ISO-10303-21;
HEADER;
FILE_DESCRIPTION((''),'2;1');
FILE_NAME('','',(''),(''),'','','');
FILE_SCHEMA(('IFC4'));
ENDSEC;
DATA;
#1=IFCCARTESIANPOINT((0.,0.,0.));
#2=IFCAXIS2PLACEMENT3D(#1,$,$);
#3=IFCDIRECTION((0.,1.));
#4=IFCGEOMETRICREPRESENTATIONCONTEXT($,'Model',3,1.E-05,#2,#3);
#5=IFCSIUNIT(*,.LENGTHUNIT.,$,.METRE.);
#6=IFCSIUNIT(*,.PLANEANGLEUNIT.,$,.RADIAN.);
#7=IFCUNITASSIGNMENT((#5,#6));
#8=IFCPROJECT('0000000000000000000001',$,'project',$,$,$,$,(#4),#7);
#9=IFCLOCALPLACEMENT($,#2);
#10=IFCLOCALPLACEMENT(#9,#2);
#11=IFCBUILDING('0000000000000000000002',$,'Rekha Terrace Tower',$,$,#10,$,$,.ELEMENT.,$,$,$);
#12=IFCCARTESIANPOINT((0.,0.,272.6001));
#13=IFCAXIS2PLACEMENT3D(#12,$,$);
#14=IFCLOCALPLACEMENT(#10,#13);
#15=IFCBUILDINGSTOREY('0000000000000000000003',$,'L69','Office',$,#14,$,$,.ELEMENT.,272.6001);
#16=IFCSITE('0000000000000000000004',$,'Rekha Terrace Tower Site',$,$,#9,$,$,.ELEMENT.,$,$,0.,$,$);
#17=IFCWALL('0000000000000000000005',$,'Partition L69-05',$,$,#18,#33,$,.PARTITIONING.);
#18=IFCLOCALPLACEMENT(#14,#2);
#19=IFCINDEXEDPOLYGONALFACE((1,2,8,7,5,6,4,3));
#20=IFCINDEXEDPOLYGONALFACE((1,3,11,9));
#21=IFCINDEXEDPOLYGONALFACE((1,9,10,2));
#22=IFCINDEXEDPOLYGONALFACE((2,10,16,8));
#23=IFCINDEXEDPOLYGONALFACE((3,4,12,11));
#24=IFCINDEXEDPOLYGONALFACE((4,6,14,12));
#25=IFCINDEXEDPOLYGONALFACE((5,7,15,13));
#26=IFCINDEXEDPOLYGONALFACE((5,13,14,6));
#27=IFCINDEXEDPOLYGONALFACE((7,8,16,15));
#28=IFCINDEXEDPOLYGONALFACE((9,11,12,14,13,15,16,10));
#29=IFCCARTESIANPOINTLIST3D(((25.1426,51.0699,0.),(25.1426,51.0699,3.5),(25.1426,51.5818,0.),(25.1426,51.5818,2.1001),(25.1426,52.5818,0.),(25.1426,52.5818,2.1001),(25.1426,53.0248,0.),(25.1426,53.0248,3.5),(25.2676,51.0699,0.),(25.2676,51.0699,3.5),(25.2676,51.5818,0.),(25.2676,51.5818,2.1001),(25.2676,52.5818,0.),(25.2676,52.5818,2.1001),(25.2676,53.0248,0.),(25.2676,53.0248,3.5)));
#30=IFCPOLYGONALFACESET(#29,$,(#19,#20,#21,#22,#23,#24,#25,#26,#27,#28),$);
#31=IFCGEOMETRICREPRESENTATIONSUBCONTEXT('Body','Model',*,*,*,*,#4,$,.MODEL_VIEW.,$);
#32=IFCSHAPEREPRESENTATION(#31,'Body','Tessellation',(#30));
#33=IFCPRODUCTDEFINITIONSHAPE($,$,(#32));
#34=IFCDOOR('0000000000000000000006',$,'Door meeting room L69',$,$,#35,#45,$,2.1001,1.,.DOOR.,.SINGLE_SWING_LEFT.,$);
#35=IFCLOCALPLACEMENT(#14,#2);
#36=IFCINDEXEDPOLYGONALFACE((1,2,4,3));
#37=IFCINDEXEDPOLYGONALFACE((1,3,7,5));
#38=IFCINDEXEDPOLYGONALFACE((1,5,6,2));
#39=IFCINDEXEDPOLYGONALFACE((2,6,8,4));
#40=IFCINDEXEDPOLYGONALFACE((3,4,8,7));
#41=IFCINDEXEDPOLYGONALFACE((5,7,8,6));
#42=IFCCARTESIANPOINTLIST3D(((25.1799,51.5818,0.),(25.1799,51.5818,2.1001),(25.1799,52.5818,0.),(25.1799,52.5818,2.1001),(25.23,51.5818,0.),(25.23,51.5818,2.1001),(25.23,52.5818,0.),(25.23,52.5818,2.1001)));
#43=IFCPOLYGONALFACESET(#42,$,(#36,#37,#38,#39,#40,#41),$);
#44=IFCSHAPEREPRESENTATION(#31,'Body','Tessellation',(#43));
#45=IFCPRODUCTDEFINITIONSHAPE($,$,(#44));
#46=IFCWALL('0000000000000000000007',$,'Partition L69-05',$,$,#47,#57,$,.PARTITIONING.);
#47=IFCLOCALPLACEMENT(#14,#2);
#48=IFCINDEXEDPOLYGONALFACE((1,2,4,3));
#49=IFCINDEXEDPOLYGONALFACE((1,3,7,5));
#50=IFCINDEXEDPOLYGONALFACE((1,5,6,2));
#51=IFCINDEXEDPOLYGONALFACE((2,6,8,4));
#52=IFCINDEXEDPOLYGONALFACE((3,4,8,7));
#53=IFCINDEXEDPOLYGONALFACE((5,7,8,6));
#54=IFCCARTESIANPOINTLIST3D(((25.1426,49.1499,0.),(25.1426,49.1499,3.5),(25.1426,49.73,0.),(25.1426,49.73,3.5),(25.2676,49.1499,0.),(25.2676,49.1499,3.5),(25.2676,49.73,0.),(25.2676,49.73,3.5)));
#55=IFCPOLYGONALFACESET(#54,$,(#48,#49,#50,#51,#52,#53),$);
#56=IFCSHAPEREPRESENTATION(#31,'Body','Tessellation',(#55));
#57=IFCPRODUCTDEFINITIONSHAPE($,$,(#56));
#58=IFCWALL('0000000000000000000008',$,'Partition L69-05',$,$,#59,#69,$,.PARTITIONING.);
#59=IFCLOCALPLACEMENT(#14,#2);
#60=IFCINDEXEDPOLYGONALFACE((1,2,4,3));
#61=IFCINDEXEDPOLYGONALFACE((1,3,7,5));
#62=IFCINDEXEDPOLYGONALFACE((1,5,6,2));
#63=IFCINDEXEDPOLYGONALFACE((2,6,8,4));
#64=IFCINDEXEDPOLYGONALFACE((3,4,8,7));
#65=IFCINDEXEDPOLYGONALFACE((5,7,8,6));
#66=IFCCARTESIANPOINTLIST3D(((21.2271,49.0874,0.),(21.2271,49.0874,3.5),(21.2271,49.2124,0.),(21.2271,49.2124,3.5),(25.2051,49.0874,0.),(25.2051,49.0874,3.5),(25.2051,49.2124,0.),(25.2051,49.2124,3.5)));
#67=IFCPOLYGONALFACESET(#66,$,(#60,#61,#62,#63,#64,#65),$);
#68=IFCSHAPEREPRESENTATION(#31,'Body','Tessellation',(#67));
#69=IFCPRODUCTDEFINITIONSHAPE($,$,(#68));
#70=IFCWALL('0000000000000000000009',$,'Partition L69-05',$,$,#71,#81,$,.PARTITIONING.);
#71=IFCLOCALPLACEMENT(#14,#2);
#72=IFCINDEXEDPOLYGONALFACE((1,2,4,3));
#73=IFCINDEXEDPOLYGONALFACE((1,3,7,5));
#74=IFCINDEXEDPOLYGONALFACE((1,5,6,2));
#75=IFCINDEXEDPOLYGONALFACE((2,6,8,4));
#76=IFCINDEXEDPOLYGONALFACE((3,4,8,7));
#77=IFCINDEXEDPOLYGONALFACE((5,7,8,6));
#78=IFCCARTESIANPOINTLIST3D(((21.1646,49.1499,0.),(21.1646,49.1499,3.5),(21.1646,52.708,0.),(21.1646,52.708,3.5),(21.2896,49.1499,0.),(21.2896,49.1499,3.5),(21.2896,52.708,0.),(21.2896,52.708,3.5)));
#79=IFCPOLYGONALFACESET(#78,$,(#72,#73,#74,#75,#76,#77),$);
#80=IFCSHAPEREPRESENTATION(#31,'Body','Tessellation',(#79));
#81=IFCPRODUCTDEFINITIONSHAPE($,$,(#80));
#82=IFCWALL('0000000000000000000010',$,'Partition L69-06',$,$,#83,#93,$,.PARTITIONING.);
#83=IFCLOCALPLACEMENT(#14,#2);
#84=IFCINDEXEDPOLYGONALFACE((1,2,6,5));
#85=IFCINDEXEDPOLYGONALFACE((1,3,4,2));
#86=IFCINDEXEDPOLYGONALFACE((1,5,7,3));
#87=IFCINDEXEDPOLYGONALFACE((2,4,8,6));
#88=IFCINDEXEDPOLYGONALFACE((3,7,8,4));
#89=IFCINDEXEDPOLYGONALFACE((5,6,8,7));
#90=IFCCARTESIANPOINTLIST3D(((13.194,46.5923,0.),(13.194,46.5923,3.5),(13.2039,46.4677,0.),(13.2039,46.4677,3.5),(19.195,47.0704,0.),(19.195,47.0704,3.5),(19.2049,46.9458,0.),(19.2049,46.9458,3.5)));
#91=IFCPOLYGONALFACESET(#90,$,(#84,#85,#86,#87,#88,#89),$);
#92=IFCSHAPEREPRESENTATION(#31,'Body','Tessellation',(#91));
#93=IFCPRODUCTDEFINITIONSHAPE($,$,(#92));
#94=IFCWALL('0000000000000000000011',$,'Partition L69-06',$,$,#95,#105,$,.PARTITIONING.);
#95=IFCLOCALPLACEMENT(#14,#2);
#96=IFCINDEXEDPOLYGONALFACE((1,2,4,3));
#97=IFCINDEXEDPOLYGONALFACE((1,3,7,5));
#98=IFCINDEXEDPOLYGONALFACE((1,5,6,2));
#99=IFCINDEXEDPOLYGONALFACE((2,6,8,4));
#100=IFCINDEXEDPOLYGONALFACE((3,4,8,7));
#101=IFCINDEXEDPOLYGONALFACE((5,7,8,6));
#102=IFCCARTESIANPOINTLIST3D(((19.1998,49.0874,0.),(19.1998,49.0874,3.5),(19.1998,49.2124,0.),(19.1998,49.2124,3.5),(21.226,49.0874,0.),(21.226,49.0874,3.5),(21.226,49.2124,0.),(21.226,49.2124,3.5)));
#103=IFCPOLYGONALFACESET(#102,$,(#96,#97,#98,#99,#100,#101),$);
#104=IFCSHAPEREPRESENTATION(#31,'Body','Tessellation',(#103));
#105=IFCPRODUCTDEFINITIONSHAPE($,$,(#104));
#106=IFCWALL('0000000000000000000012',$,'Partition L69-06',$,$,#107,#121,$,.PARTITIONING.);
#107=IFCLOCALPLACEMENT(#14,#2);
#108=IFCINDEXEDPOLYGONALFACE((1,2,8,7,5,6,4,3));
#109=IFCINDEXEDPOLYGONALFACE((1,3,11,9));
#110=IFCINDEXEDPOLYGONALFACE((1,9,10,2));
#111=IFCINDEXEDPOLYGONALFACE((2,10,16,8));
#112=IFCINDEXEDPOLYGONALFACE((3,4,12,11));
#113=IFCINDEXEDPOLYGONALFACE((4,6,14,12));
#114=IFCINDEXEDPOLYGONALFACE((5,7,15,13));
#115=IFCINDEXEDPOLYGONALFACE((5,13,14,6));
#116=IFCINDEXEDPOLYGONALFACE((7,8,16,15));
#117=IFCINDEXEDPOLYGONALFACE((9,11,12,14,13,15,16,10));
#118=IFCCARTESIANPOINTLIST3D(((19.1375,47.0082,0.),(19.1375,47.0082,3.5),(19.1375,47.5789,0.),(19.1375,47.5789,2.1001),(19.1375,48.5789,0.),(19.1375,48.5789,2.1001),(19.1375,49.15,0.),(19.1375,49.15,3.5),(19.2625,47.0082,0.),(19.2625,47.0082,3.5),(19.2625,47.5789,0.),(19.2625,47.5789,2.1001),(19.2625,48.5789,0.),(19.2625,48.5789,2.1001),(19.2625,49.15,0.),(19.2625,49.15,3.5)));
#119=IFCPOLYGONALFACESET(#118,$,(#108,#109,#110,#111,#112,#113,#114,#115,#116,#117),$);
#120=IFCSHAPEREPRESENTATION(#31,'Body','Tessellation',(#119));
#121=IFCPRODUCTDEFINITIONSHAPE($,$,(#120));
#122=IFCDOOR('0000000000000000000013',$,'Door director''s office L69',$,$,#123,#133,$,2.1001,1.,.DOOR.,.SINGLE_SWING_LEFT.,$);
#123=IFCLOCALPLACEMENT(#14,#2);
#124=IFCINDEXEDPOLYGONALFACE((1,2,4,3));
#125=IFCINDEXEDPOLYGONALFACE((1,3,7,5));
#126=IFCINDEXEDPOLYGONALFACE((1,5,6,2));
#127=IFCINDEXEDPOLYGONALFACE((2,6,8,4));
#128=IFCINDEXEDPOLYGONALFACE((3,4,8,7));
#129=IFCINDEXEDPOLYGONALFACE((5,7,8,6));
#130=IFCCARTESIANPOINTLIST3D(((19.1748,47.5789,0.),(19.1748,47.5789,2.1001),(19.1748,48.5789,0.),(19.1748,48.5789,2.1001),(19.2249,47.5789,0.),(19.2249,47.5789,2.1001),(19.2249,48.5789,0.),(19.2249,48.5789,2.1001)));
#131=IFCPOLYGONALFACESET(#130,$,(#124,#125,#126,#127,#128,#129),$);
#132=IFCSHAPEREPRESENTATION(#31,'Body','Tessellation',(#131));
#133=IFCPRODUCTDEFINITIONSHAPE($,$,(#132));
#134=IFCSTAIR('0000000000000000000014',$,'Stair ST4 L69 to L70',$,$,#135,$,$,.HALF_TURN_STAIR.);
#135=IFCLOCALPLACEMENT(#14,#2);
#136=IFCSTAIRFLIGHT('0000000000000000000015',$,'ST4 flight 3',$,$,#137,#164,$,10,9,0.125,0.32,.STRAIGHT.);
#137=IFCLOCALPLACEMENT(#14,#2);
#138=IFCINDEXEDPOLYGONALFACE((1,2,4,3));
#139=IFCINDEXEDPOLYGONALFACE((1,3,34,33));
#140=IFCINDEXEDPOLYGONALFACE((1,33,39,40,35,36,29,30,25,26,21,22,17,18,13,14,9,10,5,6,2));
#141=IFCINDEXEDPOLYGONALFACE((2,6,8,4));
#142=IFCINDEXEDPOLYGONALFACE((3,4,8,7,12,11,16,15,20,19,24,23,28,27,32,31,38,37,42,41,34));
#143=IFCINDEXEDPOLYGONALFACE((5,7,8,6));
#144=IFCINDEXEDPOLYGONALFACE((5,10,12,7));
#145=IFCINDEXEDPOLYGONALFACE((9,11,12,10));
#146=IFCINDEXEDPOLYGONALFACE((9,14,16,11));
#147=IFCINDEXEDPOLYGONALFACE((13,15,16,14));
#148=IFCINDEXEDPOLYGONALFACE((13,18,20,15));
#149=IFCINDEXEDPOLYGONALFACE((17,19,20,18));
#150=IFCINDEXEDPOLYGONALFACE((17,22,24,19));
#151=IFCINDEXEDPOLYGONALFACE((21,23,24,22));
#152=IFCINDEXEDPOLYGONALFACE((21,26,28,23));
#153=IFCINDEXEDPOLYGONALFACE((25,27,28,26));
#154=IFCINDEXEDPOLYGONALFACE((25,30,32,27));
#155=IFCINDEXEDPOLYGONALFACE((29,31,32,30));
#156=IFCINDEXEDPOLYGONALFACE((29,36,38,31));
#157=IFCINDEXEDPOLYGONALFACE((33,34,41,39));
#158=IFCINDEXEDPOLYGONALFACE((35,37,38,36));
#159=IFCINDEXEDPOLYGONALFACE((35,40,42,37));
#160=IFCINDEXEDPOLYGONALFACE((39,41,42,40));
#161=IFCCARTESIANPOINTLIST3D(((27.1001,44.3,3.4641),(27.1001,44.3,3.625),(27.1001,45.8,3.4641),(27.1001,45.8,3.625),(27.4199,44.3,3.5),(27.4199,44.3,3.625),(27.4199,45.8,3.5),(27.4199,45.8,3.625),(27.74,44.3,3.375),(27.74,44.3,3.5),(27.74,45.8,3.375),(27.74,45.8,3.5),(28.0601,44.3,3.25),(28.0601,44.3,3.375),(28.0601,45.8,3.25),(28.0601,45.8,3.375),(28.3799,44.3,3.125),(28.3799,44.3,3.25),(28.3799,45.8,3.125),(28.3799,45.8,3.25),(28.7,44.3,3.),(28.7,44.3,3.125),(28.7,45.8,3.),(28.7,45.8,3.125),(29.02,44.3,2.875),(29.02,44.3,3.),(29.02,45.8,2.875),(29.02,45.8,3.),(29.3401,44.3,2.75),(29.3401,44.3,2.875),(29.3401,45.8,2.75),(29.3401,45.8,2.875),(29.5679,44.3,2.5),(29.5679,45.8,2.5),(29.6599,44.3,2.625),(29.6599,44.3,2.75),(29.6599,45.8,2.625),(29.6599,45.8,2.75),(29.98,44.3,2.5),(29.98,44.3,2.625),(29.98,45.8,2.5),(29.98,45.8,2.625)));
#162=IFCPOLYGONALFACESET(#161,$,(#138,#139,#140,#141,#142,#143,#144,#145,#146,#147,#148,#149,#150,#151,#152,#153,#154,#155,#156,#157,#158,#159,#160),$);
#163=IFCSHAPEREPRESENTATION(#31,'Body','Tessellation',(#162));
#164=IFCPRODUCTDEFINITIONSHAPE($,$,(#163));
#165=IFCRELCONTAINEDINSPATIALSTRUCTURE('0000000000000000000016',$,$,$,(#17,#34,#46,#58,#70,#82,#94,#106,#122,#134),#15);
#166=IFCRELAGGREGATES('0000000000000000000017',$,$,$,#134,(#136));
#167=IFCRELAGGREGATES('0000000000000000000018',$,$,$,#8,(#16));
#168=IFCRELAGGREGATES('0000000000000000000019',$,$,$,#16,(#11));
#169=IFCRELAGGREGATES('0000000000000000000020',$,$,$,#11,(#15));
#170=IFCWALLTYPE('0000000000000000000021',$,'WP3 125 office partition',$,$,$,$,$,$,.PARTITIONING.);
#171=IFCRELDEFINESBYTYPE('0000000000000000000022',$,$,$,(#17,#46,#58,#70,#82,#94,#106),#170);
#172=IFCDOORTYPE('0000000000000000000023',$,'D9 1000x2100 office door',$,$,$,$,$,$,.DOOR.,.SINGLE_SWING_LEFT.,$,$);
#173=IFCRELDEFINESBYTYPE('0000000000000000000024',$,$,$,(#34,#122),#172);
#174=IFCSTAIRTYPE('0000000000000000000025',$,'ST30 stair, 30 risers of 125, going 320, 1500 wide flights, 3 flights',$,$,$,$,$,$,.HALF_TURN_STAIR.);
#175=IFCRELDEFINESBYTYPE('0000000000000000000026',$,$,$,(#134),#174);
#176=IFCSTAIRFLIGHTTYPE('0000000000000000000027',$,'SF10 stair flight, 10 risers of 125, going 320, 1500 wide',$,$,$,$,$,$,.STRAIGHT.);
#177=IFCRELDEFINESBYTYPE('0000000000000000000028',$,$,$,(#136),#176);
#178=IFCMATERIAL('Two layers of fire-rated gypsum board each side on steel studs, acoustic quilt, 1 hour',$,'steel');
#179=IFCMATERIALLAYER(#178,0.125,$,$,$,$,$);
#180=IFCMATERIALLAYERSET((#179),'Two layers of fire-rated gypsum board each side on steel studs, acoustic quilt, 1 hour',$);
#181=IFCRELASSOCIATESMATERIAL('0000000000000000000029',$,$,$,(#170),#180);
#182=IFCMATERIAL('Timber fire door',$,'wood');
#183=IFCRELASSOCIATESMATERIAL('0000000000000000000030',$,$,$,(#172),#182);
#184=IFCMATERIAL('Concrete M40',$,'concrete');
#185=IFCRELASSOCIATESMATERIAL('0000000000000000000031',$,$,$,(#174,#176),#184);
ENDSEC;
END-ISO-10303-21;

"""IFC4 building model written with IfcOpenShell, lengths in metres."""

from ifc_helpers import new_model, si_unit, direction, frame, frame_2d, origin, place, context, subcontext, project, spatial, polyline, rectangle, outline, extrude, material, layer, layer_set, type_object, element, fill, aggregate, save


model = new_model("IFC4")

# Units and contexts
model_context = context("Model", 3, precision=1e-05, world=origin(), true_north=direction((0.0, 1.0)))
body_context = subcontext(model_context, "Body", "Model", "MODEL_VIEW")
ifc_project = project(units=[si_unit("LENGTHUNIT", "METRE"), si_unit("PLANEANGLEUNIT", "RADIAN")], contexts=[model_context])

# Site, building, storey
site_placement = place(None, origin())
site = spatial("IfcSite", under=ifc_project, at=site_placement, Name="Rekha Terrace Tower Site", CompositionType="ELEMENT", RefElevation=0.0)
building_placement = place(site_placement, origin())
building = spatial("IfcBuilding", under=site, at=building_placement, Name="Rekha Terrace Tower", CompositionType="ELEMENT")
storey_placement = place(building_placement, frame((0.0, 0.0, 272.6001)))
storey = spatial("IfcBuildingStorey", under=building, at=storey_placement, Name="L69", Description="Office", CompositionType="ELEMENT", Elevation=272.6001)

# Wall, opening, door
ifc_material_1 = material(Name="Two layers of fire-rated gypsum board each side on steel studs, acoustic quilt, 1 hour", Category="steel")
ifc_layer_1 = layer(ifc_material_1, 0.125)
ifc_layer_set_1 = layer_set([ifc_layer_1], Name="Two layers of fire-rated gypsum board each side on steel studs, acoustic quilt, 1 hour")
wall_type_1 = type_object("IfcWallType", Name="WP3 125 office partition", PredefinedType="PARTITIONING", material=ifc_layer_set_1)
wall_1_placement = place(storey_placement, frame((25.2051, 53.0249, 0.0), z_axis=(0.0, 0.0, 1.0), x_axis=(0.0, -1.0, 0.0)))
wall_1 = element("IfcWall", 1, at=wall_1_placement, inside=storey, type_object=wall_type_1, Name="Partition L69-05", PredefinedType="PARTITIONING", context=body_context, shape_type="SweptSolid", body=[
    extrude(rectangle(XDim=1.9548, YDim=0.125, at=frame_2d((0.9775, 0.0))), origin(), (0.0, 0.0, 1.0), 3.5),
])
opening_1_placement = place(wall_1_placement, frame((0.4431, 0.0, 0.0)))
opening_1 = element("IfcOpeningElement", 2, at=opening_1_placement, cuts=wall_1, PredefinedType="OPENING", context=body_context, shape_type="SweptSolid", body=[
    extrude(rectangle(XDim=1.0, YDim=2.1001, at=frame_2d((0.5, 1.05))), frame((0.0, 0.0725, 0.0), z_axis=(0.0, -1.0, 0.0), x_axis=(1.0, 0.0, 0.0)), (0.0, 0.0, 1.0), 0.145),
])
ifc_material_2 = material(Name="Timber fire door", Category="wood")
door_type = type_object("IfcDoorType", Name="D9 1000x2100 office door", OperationType="SINGLE_SWING_LEFT", PredefinedType="DOOR", material=ifc_material_2)
door_1_placement = place(opening_1_placement, origin())
door_1 = element("IfcDoor", 3, at=door_1_placement, inside=storey, type_object=door_type, Name="Door meeting room L69", OperationType="SINGLE_SWING_LEFT", OverallHeight=2.1001, OverallWidth=1.0, PredefinedType="DOOR", context=body_context, shape_type="SweptSolid", body=[
    extrude(rectangle(XDim=1.0, YDim=2.1001, at=frame_2d((0.5, 1.05))), frame((0.0, 0.0249, 0.0), z_axis=(0.0, -1.0, 0.0), x_axis=(1.0, 0.0, 0.0)), (0.0, 0.0, 1.0), 0.05),
])
fill(opening_1, door_1)

# Walls
wall_2_placement = place(storey_placement, frame((25.2051, 49.73, 0.0), z_axis=(0.0, 0.0, 1.0), x_axis=(0.0, -1.0, 0.0)))
element("IfcWall", 4, at=wall_2_placement, inside=storey, type_object=wall_type_1, Name="Partition L69-05", PredefinedType="PARTITIONING", context=body_context, shape_type="SweptSolid", body=[
    extrude(rectangle(XDim=0.5801, YDim=0.125, at=frame_2d((0.29, 0.0))), origin(), (0.0, 0.0, 1.0), 3.5),
])
wall_3_placement = place(storey_placement, frame((25.2051, 49.1499, 0.0), z_axis=(0.0, 0.0, 1.0), x_axis=(-1.0, 0.0, 0.0)))
element("IfcWall", 5, at=wall_3_placement, inside=storey, type_object=wall_type_1, Name="Partition L69-05", PredefinedType="PARTITIONING", context=body_context, shape_type="SweptSolid", body=[
    extrude(rectangle(XDim=3.978, YDim=0.125, at=frame_2d((1.989, 0.0))), origin(), (0.0, 0.0, 1.0), 3.5),
])
wall_4_placement = place(storey_placement, frame((21.2271, 49.1499, 0.0), z_axis=(0.0, 0.0, 1.0), x_axis=(0.0, 1.0, 0.0)))
element("IfcWall", 6, at=wall_4_placement, inside=storey, type_object=wall_type_1, Name="Partition L69-05", PredefinedType="PARTITIONING", context=body_context, shape_type="SweptSolid", body=[
    extrude(rectangle(XDim=3.5581, YDim=0.125, at=frame_2d((1.7791, 0.0))), origin(), (0.0, 0.0, 1.0), 3.5),
])
wall_5_placement = place(storey_placement, frame((19.2, 47.0081, 0.0), z_axis=(0.0, 0.0, 1.0), x_axis=(-0.996842, -0.079407, 0.0)))
element("IfcWall", 7, at=wall_5_placement, inside=storey, type_object=wall_type_1, Name="Partition L69-06", PredefinedType="PARTITIONING", context=body_context, shape_type="SweptSolid", body=[
    extrude(rectangle(XDim=6.02, YDim=0.125, at=frame_2d((3.01, 0.0))), origin(), (0.0, 0.0, 1.0), 3.5),
])
wall_6_placement = place(storey_placement, frame((21.2261, 49.1499, 0.0), z_axis=(0.0, 0.0, 1.0), x_axis=(-1.0, 0.0, 0.0)))
element("IfcWall", 8, at=wall_6_placement, inside=storey, type_object=wall_type_1, Name="Partition L69-06", PredefinedType="PARTITIONING", context=body_context, shape_type="SweptSolid", body=[
    extrude(rectangle(XDim=2.0261, YDim=0.125, at=frame_2d((1.0132, 0.0))), origin(), (0.0, 0.0, 1.0), 3.5),
])

# Wall, opening, door
wall_7_placement = place(storey_placement, frame((19.2, 49.1499, 0.0), z_axis=(0.0, 0.0, 1.0), x_axis=(0.0, -1.0, 0.0)))
wall_7 = element("IfcWall", 9, at=wall_7_placement, inside=storey, type_object=wall_type_1, Name="Partition L69-06", PredefinedType="PARTITIONING", context=body_context, shape_type="SweptSolid", body=[
    extrude(rectangle(XDim=2.1418, YDim=0.125, at=frame_2d((1.0708, 0.0))), origin(), (0.0, 0.0, 1.0), 3.5),
])
opening_2_placement = place(wall_7_placement, frame((0.571, 0.0, 0.0)))
opening_2 = element("IfcOpeningElement", 10, at=opening_2_placement, cuts=wall_7, PredefinedType="OPENING", context=body_context, shape_type="SweptSolid", body=[
    extrude(rectangle(XDim=1.0, YDim=2.1001, at=frame_2d((0.5, 1.05))), frame((0.0, 0.0725, 0.0), z_axis=(0.0, -1.0, 0.0), x_axis=(1.0, 0.0, 0.0)), (0.0, 0.0, 1.0), 0.145),
])
door_2_placement = place(opening_2_placement, origin())
door_2 = element("IfcDoor", 11, at=door_2_placement, inside=storey, type_object=door_type, Name="Door director's office L69", OperationType="SINGLE_SWING_LEFT", OverallHeight=2.1001, OverallWidth=1.0, PredefinedType="DOOR", context=body_context, shape_type="SweptSolid", body=[
    extrude(rectangle(XDim=1.0, YDim=2.1001, at=frame_2d((0.5, 1.05))), frame((0.0, 0.0249, 0.0), z_axis=(0.0, -1.0, 0.0), x_axis=(1.0, 0.0, 0.0)), (0.0, 0.0, 1.0), 0.05),
])
fill(opening_2, door_2)

# Stair, stair flight
ifc_material_3 = material(Name="Concrete M40", Category="concrete")
stair_type = type_object("IfcStairType", Name="ST30 stair, 30 risers of 125, going 320, 1500 wide flights, 3 flights", PredefinedType="HALF_TURN_STAIR", material=ifc_material_3)
stair_placement = place(storey_placement, origin())
stair = element("IfcStair", 12, at=stair_placement, inside=storey, type_object=stair_type, Name="Stair ST4 L69 to L70", PredefinedType="HALF_TURN_STAIR")
stair_flight_type = type_object("IfcStairFlightType", Name="SF10 stair flight, 10 risers of 125, going 320, 1500 wide", PredefinedType="STRAIGHT", material=ifc_material_3)
stair_flight_placement = place(storey_placement, frame((29.98, 45.05, 2.5), z_axis=(0.0, 0.0, 1.0), x_axis=(-1.0, 0.0, 0.0)))
stair_flight = element("IfcStairFlight", 13, at=stair_flight_placement, type_object=stair_flight_type, Name="ST4 flight 3", NumberOfRisers=10, NumberOfTreads=9, PredefinedType="STRAIGHT", RiserHeight=0.125, TreadLength=0.32, context=body_context, shape_type="SweptSolid", body=[
    extrude(outline(polyline([(0.0, 0.0), (0.0, 0.125), (0.3201, 0.125), (0.3201, 0.25), (0.6399, 0.25), (0.6399, 0.375), (0.96, 0.375), (0.96, 0.5), (1.28, 0.5), (1.28, 0.625), (1.6001, 0.625), (1.6001, 0.75), (1.9199, 0.75), (1.9199, 0.875), (2.24, 0.875), (2.24, 1.0), (2.5601, 1.0), (2.5601, 1.125), (2.8799, 1.125), (2.8799, 1.25), (2.8799, 0.9641), (0.4121, 0.0), (0.0, 0.0)])), frame((0.0, 0.75, 0.0), z_axis=(0.0, -1.0, 0.0), x_axis=(1.0, 0.0, 0.0)), (0.0, 0.0, 1.0), 1.5),
])
aggregate(stair, [stair_flight])

save(model, "model.ifc")
